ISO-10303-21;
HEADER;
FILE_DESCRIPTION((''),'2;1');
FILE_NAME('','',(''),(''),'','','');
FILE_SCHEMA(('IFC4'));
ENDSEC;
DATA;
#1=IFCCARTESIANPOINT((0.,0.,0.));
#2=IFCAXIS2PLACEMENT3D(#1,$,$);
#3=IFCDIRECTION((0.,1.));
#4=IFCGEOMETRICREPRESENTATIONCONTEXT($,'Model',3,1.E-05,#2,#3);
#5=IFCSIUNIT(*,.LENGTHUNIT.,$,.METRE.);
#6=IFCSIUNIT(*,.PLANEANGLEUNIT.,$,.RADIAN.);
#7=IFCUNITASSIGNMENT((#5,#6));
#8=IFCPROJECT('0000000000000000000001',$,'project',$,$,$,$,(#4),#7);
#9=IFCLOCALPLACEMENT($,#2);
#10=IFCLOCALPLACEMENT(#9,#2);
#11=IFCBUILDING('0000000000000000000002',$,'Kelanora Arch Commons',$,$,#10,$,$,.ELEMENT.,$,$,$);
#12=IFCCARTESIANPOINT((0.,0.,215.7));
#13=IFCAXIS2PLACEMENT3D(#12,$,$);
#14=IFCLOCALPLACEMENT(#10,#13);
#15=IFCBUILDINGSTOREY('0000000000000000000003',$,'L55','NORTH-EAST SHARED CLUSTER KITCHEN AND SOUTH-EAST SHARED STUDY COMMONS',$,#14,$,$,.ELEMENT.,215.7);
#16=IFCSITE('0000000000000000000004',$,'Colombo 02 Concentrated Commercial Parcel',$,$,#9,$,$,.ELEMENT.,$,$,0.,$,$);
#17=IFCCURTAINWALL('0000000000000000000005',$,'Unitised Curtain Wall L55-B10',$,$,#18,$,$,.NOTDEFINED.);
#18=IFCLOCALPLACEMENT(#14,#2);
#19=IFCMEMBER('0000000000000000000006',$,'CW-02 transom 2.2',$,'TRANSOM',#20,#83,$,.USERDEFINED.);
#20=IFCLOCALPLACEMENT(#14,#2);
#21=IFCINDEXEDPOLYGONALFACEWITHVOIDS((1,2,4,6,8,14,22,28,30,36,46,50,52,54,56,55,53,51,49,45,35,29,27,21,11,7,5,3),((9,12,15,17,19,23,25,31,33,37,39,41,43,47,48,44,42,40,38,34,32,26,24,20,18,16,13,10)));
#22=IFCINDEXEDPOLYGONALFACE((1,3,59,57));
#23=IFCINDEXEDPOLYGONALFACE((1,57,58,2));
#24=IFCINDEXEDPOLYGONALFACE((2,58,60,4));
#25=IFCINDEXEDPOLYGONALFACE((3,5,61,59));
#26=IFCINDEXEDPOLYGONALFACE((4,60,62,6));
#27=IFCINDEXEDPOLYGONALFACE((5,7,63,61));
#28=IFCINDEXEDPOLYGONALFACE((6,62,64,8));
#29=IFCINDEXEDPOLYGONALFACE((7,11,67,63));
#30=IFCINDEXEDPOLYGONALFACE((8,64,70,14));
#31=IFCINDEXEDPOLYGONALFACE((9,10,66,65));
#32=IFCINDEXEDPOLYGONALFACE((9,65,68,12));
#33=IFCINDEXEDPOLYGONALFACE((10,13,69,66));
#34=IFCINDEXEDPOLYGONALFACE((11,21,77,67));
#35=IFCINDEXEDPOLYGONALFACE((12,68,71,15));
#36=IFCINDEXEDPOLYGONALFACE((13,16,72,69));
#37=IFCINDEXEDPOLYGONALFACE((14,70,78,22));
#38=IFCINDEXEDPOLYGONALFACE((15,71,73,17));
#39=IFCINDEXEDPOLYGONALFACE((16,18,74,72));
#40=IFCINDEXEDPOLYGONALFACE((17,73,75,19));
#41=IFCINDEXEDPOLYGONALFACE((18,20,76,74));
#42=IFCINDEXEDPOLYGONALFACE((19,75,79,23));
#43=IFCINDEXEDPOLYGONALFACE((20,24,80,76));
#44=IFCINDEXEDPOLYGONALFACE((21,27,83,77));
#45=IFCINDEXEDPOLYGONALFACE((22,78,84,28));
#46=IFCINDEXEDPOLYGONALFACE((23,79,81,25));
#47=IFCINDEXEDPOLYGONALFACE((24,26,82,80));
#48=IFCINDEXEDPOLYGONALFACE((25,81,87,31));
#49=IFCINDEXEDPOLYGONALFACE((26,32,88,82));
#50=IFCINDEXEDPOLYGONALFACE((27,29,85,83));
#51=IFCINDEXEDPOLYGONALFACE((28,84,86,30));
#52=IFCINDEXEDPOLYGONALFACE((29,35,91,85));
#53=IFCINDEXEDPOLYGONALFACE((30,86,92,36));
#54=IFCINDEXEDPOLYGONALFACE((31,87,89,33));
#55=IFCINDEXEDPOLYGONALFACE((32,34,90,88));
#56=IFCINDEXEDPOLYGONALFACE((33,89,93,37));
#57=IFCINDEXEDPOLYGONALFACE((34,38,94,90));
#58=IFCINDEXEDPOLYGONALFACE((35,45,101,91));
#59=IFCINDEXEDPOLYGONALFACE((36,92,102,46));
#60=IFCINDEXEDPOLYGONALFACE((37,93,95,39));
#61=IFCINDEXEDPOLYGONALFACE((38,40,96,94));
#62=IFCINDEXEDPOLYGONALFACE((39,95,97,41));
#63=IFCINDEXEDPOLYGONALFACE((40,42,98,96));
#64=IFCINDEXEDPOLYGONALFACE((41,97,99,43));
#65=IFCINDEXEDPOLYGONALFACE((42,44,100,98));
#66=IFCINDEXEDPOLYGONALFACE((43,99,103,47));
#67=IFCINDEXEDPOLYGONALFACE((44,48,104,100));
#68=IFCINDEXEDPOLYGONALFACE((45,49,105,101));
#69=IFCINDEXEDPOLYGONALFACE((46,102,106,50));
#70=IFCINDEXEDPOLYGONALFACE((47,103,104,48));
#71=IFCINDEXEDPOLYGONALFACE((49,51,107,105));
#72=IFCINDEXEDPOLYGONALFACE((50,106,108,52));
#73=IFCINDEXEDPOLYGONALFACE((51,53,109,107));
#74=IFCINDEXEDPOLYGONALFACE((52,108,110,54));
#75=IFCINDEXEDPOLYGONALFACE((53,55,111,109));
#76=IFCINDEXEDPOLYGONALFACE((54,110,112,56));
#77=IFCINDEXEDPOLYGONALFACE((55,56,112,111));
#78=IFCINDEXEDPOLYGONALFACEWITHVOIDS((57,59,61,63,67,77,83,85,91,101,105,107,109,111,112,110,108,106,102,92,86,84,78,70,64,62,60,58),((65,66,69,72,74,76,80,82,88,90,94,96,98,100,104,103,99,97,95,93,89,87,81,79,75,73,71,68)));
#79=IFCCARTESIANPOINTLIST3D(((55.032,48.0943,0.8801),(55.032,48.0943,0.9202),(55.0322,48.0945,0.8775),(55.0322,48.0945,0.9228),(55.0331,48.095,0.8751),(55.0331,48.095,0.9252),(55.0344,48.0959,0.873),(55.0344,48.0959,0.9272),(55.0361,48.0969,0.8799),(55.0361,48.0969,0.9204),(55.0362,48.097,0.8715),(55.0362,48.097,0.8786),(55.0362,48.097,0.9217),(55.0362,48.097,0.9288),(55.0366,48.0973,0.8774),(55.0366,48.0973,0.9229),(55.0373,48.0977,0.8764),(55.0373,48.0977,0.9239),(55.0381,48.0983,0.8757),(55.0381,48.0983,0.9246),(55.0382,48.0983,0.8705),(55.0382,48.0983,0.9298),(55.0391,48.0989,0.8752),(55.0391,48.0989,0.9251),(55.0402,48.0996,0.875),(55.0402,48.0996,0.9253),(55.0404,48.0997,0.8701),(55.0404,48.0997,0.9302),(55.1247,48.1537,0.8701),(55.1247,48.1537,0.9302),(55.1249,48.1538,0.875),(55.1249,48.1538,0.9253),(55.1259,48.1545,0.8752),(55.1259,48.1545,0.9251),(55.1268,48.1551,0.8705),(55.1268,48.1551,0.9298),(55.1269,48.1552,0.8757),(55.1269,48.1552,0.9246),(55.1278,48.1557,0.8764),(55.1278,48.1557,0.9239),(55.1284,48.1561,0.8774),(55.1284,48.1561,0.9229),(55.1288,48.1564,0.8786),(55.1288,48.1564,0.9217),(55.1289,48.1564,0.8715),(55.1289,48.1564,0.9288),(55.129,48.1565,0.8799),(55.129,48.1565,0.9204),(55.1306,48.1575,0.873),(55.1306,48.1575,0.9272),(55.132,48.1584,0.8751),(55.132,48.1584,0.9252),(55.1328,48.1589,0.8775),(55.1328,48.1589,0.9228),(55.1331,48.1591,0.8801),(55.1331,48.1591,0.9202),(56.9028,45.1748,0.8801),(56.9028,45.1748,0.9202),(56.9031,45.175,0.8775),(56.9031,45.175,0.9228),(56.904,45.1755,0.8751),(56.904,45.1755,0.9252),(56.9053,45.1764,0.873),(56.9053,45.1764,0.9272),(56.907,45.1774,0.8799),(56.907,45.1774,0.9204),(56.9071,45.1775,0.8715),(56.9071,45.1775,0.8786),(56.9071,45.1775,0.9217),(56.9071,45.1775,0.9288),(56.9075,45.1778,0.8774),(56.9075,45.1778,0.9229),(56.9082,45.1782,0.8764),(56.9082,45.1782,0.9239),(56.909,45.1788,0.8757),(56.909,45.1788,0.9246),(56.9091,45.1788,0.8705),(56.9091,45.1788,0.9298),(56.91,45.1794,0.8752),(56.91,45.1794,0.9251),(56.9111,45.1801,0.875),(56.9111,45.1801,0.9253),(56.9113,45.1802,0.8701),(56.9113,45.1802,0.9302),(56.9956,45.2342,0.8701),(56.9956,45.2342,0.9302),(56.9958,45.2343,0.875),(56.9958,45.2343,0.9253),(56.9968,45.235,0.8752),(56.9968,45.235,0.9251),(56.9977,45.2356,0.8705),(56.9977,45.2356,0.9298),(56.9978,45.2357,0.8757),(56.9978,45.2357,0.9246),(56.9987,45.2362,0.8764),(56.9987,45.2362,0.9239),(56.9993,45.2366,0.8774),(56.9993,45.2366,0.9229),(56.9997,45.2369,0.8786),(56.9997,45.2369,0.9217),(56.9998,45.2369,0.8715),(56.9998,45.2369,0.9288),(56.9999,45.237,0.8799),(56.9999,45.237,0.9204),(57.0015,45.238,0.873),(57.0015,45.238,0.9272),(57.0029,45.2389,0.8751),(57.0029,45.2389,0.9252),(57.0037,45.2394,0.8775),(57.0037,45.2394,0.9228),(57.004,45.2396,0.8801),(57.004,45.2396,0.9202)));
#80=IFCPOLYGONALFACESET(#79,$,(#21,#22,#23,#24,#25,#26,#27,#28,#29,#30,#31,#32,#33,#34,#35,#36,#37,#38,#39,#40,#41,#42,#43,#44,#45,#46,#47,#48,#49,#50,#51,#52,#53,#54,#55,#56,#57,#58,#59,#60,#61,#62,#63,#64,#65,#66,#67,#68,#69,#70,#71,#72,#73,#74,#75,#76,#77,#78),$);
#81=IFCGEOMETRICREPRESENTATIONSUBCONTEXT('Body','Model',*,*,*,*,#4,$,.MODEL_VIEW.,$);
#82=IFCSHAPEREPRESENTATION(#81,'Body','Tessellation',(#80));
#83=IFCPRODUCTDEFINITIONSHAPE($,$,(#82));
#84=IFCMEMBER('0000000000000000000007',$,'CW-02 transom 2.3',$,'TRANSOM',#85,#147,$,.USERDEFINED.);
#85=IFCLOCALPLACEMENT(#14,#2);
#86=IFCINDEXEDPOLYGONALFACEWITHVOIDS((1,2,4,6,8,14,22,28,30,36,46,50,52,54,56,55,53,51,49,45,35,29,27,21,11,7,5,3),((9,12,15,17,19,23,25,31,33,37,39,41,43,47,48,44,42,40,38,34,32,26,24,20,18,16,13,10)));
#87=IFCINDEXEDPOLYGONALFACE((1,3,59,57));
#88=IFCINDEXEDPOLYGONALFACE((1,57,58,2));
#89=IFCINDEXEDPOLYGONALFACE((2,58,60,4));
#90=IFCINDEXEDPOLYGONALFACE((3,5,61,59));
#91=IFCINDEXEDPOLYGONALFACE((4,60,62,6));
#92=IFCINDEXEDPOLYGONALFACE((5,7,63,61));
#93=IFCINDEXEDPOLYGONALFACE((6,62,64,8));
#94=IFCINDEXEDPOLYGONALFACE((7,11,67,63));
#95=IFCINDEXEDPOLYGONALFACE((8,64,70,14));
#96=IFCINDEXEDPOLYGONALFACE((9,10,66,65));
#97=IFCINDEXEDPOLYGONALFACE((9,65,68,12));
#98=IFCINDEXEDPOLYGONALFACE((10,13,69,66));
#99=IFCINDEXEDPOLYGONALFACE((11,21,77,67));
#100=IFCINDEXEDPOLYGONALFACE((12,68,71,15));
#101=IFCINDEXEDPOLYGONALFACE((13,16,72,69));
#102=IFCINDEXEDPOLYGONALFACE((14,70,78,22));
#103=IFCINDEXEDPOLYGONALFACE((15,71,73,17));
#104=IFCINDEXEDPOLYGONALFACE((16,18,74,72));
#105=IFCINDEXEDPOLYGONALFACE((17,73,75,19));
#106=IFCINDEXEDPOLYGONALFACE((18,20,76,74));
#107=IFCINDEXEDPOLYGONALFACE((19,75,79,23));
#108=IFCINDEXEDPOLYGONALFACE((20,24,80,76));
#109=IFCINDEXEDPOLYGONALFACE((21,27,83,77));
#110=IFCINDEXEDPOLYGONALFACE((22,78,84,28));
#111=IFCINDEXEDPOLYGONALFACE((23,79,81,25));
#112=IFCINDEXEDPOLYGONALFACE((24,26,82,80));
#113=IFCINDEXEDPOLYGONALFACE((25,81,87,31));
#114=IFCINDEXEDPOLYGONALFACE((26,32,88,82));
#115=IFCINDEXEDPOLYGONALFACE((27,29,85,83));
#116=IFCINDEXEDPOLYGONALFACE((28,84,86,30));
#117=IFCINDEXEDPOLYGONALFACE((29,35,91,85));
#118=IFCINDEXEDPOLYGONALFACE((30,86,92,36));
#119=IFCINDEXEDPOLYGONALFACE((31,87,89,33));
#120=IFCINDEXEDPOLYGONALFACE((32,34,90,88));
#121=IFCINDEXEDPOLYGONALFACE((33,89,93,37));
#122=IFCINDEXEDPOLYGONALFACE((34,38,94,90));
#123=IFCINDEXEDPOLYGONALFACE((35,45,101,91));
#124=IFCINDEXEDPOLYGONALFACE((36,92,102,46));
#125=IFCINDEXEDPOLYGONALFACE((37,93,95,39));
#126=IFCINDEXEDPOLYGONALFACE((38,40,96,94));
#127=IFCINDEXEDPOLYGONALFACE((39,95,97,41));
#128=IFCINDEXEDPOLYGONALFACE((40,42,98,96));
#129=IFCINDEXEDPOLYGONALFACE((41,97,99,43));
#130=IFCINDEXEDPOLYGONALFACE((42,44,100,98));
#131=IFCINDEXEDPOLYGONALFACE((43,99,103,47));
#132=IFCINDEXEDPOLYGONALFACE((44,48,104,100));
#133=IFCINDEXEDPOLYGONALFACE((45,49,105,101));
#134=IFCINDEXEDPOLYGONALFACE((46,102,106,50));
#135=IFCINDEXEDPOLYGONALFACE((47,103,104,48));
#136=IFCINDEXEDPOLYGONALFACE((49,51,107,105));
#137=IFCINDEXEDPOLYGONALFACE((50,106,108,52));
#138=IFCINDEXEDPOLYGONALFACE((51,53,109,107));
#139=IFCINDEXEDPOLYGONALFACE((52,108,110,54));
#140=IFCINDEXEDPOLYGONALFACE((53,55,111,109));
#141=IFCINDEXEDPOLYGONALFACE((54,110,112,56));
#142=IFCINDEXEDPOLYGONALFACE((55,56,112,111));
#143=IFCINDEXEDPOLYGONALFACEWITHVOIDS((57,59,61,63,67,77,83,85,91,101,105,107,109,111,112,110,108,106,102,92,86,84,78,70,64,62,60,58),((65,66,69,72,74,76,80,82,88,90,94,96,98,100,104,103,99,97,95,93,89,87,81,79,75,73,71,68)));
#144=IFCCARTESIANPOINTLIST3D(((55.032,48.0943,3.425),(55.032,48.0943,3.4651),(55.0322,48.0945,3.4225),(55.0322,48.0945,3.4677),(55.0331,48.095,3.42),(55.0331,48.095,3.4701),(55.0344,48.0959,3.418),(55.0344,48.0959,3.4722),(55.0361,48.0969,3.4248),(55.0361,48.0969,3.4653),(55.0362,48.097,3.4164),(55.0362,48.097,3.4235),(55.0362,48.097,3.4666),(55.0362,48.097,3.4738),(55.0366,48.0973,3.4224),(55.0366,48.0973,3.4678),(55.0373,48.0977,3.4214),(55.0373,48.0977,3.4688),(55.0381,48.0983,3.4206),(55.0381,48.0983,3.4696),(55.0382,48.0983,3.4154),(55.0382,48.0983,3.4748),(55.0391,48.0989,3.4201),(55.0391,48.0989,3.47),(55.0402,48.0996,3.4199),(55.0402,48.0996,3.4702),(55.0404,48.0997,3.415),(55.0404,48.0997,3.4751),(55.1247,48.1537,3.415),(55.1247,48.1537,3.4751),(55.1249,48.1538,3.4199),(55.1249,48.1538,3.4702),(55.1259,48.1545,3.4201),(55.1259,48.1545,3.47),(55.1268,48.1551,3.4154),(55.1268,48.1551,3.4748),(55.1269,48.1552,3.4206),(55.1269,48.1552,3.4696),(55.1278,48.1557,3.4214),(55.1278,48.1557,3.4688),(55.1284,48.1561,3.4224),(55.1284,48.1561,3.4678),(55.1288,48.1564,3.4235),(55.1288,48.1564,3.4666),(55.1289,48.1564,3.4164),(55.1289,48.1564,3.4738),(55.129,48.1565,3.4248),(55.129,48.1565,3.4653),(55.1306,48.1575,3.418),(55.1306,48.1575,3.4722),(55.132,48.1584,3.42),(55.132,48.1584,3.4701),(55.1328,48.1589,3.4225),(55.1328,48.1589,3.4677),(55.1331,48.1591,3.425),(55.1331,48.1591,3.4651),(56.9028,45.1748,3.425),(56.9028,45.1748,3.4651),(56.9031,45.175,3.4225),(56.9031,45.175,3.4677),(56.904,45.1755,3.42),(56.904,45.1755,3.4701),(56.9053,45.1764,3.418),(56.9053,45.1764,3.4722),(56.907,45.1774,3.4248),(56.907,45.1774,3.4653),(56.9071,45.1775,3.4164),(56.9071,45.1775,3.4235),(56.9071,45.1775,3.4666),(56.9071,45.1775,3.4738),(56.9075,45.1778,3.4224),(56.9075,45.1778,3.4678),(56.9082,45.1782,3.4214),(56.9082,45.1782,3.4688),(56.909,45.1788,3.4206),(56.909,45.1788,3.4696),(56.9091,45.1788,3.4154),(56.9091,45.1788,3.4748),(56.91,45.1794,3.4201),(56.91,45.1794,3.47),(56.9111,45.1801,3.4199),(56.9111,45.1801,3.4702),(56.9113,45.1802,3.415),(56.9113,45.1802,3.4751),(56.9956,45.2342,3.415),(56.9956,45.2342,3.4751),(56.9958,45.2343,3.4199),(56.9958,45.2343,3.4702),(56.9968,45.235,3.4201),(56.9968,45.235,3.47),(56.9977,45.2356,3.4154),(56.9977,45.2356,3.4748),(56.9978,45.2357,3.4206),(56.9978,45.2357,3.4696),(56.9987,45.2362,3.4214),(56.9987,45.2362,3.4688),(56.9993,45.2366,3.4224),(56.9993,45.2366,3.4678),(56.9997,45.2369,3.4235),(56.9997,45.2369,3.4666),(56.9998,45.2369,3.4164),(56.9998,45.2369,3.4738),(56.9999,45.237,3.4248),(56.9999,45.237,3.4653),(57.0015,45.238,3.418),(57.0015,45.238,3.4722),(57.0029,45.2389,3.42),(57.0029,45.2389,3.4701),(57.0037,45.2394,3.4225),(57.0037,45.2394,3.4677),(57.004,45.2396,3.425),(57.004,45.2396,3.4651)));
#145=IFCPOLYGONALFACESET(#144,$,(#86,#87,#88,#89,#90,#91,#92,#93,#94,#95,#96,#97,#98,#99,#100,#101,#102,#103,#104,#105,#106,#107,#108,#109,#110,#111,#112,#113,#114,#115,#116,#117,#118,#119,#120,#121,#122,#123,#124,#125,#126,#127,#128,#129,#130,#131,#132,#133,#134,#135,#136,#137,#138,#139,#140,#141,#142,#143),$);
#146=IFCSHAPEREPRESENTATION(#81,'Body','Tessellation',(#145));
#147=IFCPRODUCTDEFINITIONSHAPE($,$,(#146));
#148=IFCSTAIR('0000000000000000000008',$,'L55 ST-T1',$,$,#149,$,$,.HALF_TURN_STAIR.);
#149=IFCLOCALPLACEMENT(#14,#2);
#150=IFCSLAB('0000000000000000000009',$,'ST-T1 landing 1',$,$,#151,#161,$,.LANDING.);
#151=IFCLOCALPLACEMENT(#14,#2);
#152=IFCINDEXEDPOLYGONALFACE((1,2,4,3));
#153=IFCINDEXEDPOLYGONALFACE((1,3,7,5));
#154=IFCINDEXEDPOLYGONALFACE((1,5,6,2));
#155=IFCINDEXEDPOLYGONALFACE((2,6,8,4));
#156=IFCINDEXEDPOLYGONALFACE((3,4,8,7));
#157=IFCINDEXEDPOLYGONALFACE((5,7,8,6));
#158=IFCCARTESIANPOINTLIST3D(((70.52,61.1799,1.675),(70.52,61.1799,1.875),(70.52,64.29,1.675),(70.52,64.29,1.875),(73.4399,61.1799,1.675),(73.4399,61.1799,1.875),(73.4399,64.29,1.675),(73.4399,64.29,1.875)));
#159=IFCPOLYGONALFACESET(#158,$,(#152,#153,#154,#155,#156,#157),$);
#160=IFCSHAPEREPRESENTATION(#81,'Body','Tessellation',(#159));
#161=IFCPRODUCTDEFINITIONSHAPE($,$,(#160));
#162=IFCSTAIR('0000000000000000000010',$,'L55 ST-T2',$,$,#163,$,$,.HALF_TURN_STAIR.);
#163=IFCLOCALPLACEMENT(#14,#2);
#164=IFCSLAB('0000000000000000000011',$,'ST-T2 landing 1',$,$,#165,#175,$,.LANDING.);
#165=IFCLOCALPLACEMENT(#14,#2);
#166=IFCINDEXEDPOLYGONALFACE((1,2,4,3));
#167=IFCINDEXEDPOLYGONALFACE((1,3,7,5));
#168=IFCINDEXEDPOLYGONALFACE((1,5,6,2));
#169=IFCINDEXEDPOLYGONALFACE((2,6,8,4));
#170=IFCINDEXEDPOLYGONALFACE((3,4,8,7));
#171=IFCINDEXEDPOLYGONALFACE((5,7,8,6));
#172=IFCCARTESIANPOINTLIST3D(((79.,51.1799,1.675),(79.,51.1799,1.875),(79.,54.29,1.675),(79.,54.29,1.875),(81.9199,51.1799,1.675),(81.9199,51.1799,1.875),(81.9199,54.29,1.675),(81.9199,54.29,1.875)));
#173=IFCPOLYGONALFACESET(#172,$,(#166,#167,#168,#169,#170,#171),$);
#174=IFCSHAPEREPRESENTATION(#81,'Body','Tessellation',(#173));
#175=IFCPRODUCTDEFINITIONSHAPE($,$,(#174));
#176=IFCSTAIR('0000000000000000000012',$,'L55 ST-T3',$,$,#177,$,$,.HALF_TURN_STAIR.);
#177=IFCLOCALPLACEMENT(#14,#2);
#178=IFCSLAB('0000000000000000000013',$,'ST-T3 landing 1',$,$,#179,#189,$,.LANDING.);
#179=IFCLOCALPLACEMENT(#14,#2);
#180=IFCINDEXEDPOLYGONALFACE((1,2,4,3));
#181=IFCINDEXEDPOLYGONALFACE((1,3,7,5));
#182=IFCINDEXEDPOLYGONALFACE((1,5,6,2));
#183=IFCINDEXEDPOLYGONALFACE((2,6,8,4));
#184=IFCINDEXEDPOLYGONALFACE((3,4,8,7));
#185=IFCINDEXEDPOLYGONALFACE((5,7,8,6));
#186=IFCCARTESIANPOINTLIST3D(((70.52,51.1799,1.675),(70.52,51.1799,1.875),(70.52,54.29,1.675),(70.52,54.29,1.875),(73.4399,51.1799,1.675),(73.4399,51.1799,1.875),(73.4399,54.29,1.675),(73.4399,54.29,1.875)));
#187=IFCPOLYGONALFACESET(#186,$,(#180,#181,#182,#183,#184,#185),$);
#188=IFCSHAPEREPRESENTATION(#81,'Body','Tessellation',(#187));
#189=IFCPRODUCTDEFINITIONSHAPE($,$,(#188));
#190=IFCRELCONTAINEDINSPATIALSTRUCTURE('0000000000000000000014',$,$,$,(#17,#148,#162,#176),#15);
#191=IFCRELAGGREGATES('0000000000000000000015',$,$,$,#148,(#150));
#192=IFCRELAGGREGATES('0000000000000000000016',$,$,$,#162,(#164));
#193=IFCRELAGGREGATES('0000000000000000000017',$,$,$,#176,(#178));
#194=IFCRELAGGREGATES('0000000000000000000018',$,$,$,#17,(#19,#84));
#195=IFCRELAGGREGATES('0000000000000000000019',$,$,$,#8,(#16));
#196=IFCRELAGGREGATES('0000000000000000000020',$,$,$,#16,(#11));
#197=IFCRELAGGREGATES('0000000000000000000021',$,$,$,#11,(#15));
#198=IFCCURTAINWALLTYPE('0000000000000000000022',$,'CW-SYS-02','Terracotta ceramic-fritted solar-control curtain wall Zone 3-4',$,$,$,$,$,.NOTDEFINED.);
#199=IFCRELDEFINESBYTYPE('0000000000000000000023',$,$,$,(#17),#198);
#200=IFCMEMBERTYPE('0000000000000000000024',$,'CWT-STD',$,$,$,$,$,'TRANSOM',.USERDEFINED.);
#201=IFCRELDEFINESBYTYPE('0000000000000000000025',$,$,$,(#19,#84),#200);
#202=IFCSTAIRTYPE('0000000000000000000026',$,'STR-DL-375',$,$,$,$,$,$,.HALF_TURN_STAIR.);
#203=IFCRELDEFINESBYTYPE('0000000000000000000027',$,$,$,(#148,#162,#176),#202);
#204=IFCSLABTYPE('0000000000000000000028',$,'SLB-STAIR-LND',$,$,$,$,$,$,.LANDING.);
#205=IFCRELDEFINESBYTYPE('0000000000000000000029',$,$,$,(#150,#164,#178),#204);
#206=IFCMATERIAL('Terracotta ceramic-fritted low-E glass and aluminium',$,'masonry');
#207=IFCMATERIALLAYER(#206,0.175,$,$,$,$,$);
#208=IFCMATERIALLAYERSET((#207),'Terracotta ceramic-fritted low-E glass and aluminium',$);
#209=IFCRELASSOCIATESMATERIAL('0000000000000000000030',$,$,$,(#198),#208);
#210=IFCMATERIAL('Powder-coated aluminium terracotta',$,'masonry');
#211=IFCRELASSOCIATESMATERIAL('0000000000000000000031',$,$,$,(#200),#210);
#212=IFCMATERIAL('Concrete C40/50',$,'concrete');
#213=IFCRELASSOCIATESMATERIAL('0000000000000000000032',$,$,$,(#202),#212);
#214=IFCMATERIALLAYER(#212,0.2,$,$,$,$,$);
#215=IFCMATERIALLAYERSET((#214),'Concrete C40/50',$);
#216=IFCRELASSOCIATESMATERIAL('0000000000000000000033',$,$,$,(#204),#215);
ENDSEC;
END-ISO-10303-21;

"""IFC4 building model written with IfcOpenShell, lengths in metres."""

from ifc_helpers import new_model, si_unit, direction, frame, origin, origin_2d, place, context, subcontext, project, spatial, polyline, hollow_rectangle, outline, extrude, material, layer, layer_set, material_profile, profile_set, type_object, element, aggregate, save


model = new_model("IFC4")

# Units and contexts
model_context = context("Model", 3, precision=1e-05, world=origin(), true_north=direction((0.0, 1.0)))
body_context = subcontext(model_context, "Body", "Model", "MODEL_VIEW")
ifc_project = project(units=[si_unit("LENGTHUNIT", "METRE"), si_unit("PLANEANGLEUNIT", "RADIAN")], contexts=[model_context])

# Site, building, storey
site_placement = place(None, origin())
site = spatial("IfcSite", under=ifc_project, at=site_placement, Name="Colombo 02 Concentrated Commercial Parcel", CompositionType="ELEMENT", RefElevation=0.0)
building_placement = place(site_placement, origin())
building = spatial("IfcBuilding", under=site, at=building_placement, Name="Kelanora Arch Commons", CompositionType="ELEMENT")
storey_placement = place(building_placement, frame((0.0, 0.0, 215.7)))
storey = spatial("IfcBuildingStorey", under=building, at=storey_placement, Name="L55", Description="NORTH-EAST SHARED CLUSTER KITCHEN AND SOUTH-EAST SHARED STUDY COMMONS", CompositionType="ELEMENT", Elevation=215.7)

# Curtain wall, members
ifc_material_1 = material(Name="Terracotta ceramic-fritted low-E glass and aluminium", Category="masonry")
ifc_layer_1 = layer(ifc_material_1, 0.175)
ifc_layer_set_1 = layer_set([ifc_layer_1], Name="Terracotta ceramic-fritted low-E glass and aluminium")
curtain_wall_type = type_object("IfcCurtainWallType", Name="CW-SYS-02", Description="Terracotta ceramic-fritted solar-control curtain wall Zone 3-4", PredefinedType="NOTDEFINED", material=ifc_layer_set_1)
curtain_wall_placement = place(storey_placement, origin())
curtain_wall = element("IfcCurtainWall", 1, at=curtain_wall_placement, inside=storey, type_object=curtain_wall_type, Name="Unitised Curtain Wall L55-B10", PredefinedType="NOTDEFINED")
ifc_material_2 = material(Name="Powder-coated aluminium terracotta", Category="masonry")
ifc_material_profile_1 = material_profile(ifc_material_2, hollow_rectangle(XDim=0.1201, YDim=0.0601, WallThickness=0.0049, InnerFilletRadius=0.0049, OuterFilletRadius=0.01, at=origin_2d()), Name="CWT120x60")
ifc_profile_set_1 = profile_set([ifc_material_profile_1], Name="Powder-coated aluminium terracotta")
member_type_1 = type_object("IfcMemberType", Name="CWT-STD", ElementType="TRANSOM", PredefinedType="USERDEFINED", material=ifc_profile_set_1)
member_1_placement = place(storey_placement, frame((55.0825, 48.1267, 0.9001), z_axis=(0.539547, -0.841955, 0.0), x_axis=(0.841955, 0.539547, 0.0)))
member_1 = element("IfcMember", 2, at=member_1_placement, type_object=member_type_1, Name="CW-02 transom 2.2", ObjectType="TRANSOM", PredefinedType="USERDEFINED", context=body_context, shape_type="SweptSolid", body=[
    extrude(hollow_rectangle(XDim=0.1201, YDim=0.0601, WallThickness=0.0049, InnerFilletRadius=0.0049, OuterFilletRadius=0.01, at=origin_2d()), origin(), (0.0, 0.0, 1.0), 3.4675),
])
member_2_placement = place(storey_placement, frame((55.0825, 48.1267, 3.4451), z_axis=(0.539547, -0.841955, 0.0), x_axis=(0.841955, 0.539547, 0.0)))
member_2 = element("IfcMember", 3, at=member_2_placement, type_object=member_type_1, Name="CW-02 transom 2.3", ObjectType="TRANSOM", PredefinedType="USERDEFINED", context=body_context, shape_type="SweptSolid", body=[
    extrude(hollow_rectangle(XDim=0.1201, YDim=0.0601, WallThickness=0.0049, InnerFilletRadius=0.0049, OuterFilletRadius=0.01, at=origin_2d()), origin(), (0.0, 0.0, 1.0), 3.4675),
])

# Stairs, slabs
ifc_material_3 = material(Name="Concrete C40/50", Category="concrete")
stair_type = type_object("IfcStairType", Name="STR-DL-375", PredefinedType="HALF_TURN_STAIR", material=ifc_material_3)
stair_1_placement = place(storey_placement, origin())
stair_1 = element("IfcStair", 4, at=stair_1_placement, inside=storey, type_object=stair_type, Name="L55 ST-T1", PredefinedType="HALF_TURN_STAIR")
ifc_layer_2 = layer(ifc_material_3, 0.2)
ifc_layer_set_2 = layer_set([ifc_layer_2], Name="Concrete C40/50")
slab_type_1 = type_object("IfcSlabType", Name="SLB-STAIR-LND", PredefinedType="LANDING", material=ifc_layer_set_2)
slab_1_placement = place(storey_placement, frame((0.0, 0.0, 1.675)))
slab_1 = element("IfcSlab", 5, at=slab_1_placement, type_object=slab_type_1, Name="ST-T1 landing 1", PredefinedType="LANDING", context=body_context, shape_type="SweptSolid", body=[
    extrude(outline(polyline([(70.52, 61.1799), (73.4399, 61.1799), (73.4399, 64.29), (70.52, 64.29), (70.52, 61.1799)])), origin(), (0.0, 0.0, 1.0), 0.2),
])
aggregate(stair_1, [slab_1])
stair_2_placement = place(storey_placement, origin())
stair_2 = element("IfcStair", 6, at=stair_2_placement, inside=storey, type_object=stair_type, Name="L55 ST-T2", PredefinedType="HALF_TURN_STAIR")
slab_2_placement = place(storey_placement, frame((0.0, 0.0, 1.675)))
slab_2 = element("IfcSlab", 7, at=slab_2_placement, type_object=slab_type_1, Name="ST-T2 landing 1", PredefinedType="LANDING", context=body_context, shape_type="SweptSolid", body=[
    extrude(outline(polyline([(79.0, 51.1799), (81.9199, 51.1799), (81.9199, 54.29), (79.0, 54.29), (79.0, 51.1799)])), origin(), (0.0, 0.0, 1.0), 0.2),
])
aggregate(stair_2, [slab_2])
stair_3_placement = place(storey_placement, origin())
stair_3 = element("IfcStair", 8, at=stair_3_placement, inside=storey, type_object=stair_type, Name="L55 ST-T3", PredefinedType="HALF_TURN_STAIR")
slab_3_placement = place(storey_placement, frame((0.0, 0.0, 1.675)))
slab_3 = element("IfcSlab", 9, at=slab_3_placement, type_object=slab_type_1, Name="ST-T3 landing 1", PredefinedType="LANDING", context=body_context, shape_type="SweptSolid", body=[
    extrude(outline(polyline([(70.52, 51.1799), (73.4399, 51.1799), (73.4399, 54.29), (70.52, 54.29), (70.52, 51.1799)])), origin(), (0.0, 0.0, 1.0), 0.2),
])
aggregate(stair_3, [slab_3])

aggregate(curtain_wall, [member_1, member_2])

save(model, "model.ifc")
